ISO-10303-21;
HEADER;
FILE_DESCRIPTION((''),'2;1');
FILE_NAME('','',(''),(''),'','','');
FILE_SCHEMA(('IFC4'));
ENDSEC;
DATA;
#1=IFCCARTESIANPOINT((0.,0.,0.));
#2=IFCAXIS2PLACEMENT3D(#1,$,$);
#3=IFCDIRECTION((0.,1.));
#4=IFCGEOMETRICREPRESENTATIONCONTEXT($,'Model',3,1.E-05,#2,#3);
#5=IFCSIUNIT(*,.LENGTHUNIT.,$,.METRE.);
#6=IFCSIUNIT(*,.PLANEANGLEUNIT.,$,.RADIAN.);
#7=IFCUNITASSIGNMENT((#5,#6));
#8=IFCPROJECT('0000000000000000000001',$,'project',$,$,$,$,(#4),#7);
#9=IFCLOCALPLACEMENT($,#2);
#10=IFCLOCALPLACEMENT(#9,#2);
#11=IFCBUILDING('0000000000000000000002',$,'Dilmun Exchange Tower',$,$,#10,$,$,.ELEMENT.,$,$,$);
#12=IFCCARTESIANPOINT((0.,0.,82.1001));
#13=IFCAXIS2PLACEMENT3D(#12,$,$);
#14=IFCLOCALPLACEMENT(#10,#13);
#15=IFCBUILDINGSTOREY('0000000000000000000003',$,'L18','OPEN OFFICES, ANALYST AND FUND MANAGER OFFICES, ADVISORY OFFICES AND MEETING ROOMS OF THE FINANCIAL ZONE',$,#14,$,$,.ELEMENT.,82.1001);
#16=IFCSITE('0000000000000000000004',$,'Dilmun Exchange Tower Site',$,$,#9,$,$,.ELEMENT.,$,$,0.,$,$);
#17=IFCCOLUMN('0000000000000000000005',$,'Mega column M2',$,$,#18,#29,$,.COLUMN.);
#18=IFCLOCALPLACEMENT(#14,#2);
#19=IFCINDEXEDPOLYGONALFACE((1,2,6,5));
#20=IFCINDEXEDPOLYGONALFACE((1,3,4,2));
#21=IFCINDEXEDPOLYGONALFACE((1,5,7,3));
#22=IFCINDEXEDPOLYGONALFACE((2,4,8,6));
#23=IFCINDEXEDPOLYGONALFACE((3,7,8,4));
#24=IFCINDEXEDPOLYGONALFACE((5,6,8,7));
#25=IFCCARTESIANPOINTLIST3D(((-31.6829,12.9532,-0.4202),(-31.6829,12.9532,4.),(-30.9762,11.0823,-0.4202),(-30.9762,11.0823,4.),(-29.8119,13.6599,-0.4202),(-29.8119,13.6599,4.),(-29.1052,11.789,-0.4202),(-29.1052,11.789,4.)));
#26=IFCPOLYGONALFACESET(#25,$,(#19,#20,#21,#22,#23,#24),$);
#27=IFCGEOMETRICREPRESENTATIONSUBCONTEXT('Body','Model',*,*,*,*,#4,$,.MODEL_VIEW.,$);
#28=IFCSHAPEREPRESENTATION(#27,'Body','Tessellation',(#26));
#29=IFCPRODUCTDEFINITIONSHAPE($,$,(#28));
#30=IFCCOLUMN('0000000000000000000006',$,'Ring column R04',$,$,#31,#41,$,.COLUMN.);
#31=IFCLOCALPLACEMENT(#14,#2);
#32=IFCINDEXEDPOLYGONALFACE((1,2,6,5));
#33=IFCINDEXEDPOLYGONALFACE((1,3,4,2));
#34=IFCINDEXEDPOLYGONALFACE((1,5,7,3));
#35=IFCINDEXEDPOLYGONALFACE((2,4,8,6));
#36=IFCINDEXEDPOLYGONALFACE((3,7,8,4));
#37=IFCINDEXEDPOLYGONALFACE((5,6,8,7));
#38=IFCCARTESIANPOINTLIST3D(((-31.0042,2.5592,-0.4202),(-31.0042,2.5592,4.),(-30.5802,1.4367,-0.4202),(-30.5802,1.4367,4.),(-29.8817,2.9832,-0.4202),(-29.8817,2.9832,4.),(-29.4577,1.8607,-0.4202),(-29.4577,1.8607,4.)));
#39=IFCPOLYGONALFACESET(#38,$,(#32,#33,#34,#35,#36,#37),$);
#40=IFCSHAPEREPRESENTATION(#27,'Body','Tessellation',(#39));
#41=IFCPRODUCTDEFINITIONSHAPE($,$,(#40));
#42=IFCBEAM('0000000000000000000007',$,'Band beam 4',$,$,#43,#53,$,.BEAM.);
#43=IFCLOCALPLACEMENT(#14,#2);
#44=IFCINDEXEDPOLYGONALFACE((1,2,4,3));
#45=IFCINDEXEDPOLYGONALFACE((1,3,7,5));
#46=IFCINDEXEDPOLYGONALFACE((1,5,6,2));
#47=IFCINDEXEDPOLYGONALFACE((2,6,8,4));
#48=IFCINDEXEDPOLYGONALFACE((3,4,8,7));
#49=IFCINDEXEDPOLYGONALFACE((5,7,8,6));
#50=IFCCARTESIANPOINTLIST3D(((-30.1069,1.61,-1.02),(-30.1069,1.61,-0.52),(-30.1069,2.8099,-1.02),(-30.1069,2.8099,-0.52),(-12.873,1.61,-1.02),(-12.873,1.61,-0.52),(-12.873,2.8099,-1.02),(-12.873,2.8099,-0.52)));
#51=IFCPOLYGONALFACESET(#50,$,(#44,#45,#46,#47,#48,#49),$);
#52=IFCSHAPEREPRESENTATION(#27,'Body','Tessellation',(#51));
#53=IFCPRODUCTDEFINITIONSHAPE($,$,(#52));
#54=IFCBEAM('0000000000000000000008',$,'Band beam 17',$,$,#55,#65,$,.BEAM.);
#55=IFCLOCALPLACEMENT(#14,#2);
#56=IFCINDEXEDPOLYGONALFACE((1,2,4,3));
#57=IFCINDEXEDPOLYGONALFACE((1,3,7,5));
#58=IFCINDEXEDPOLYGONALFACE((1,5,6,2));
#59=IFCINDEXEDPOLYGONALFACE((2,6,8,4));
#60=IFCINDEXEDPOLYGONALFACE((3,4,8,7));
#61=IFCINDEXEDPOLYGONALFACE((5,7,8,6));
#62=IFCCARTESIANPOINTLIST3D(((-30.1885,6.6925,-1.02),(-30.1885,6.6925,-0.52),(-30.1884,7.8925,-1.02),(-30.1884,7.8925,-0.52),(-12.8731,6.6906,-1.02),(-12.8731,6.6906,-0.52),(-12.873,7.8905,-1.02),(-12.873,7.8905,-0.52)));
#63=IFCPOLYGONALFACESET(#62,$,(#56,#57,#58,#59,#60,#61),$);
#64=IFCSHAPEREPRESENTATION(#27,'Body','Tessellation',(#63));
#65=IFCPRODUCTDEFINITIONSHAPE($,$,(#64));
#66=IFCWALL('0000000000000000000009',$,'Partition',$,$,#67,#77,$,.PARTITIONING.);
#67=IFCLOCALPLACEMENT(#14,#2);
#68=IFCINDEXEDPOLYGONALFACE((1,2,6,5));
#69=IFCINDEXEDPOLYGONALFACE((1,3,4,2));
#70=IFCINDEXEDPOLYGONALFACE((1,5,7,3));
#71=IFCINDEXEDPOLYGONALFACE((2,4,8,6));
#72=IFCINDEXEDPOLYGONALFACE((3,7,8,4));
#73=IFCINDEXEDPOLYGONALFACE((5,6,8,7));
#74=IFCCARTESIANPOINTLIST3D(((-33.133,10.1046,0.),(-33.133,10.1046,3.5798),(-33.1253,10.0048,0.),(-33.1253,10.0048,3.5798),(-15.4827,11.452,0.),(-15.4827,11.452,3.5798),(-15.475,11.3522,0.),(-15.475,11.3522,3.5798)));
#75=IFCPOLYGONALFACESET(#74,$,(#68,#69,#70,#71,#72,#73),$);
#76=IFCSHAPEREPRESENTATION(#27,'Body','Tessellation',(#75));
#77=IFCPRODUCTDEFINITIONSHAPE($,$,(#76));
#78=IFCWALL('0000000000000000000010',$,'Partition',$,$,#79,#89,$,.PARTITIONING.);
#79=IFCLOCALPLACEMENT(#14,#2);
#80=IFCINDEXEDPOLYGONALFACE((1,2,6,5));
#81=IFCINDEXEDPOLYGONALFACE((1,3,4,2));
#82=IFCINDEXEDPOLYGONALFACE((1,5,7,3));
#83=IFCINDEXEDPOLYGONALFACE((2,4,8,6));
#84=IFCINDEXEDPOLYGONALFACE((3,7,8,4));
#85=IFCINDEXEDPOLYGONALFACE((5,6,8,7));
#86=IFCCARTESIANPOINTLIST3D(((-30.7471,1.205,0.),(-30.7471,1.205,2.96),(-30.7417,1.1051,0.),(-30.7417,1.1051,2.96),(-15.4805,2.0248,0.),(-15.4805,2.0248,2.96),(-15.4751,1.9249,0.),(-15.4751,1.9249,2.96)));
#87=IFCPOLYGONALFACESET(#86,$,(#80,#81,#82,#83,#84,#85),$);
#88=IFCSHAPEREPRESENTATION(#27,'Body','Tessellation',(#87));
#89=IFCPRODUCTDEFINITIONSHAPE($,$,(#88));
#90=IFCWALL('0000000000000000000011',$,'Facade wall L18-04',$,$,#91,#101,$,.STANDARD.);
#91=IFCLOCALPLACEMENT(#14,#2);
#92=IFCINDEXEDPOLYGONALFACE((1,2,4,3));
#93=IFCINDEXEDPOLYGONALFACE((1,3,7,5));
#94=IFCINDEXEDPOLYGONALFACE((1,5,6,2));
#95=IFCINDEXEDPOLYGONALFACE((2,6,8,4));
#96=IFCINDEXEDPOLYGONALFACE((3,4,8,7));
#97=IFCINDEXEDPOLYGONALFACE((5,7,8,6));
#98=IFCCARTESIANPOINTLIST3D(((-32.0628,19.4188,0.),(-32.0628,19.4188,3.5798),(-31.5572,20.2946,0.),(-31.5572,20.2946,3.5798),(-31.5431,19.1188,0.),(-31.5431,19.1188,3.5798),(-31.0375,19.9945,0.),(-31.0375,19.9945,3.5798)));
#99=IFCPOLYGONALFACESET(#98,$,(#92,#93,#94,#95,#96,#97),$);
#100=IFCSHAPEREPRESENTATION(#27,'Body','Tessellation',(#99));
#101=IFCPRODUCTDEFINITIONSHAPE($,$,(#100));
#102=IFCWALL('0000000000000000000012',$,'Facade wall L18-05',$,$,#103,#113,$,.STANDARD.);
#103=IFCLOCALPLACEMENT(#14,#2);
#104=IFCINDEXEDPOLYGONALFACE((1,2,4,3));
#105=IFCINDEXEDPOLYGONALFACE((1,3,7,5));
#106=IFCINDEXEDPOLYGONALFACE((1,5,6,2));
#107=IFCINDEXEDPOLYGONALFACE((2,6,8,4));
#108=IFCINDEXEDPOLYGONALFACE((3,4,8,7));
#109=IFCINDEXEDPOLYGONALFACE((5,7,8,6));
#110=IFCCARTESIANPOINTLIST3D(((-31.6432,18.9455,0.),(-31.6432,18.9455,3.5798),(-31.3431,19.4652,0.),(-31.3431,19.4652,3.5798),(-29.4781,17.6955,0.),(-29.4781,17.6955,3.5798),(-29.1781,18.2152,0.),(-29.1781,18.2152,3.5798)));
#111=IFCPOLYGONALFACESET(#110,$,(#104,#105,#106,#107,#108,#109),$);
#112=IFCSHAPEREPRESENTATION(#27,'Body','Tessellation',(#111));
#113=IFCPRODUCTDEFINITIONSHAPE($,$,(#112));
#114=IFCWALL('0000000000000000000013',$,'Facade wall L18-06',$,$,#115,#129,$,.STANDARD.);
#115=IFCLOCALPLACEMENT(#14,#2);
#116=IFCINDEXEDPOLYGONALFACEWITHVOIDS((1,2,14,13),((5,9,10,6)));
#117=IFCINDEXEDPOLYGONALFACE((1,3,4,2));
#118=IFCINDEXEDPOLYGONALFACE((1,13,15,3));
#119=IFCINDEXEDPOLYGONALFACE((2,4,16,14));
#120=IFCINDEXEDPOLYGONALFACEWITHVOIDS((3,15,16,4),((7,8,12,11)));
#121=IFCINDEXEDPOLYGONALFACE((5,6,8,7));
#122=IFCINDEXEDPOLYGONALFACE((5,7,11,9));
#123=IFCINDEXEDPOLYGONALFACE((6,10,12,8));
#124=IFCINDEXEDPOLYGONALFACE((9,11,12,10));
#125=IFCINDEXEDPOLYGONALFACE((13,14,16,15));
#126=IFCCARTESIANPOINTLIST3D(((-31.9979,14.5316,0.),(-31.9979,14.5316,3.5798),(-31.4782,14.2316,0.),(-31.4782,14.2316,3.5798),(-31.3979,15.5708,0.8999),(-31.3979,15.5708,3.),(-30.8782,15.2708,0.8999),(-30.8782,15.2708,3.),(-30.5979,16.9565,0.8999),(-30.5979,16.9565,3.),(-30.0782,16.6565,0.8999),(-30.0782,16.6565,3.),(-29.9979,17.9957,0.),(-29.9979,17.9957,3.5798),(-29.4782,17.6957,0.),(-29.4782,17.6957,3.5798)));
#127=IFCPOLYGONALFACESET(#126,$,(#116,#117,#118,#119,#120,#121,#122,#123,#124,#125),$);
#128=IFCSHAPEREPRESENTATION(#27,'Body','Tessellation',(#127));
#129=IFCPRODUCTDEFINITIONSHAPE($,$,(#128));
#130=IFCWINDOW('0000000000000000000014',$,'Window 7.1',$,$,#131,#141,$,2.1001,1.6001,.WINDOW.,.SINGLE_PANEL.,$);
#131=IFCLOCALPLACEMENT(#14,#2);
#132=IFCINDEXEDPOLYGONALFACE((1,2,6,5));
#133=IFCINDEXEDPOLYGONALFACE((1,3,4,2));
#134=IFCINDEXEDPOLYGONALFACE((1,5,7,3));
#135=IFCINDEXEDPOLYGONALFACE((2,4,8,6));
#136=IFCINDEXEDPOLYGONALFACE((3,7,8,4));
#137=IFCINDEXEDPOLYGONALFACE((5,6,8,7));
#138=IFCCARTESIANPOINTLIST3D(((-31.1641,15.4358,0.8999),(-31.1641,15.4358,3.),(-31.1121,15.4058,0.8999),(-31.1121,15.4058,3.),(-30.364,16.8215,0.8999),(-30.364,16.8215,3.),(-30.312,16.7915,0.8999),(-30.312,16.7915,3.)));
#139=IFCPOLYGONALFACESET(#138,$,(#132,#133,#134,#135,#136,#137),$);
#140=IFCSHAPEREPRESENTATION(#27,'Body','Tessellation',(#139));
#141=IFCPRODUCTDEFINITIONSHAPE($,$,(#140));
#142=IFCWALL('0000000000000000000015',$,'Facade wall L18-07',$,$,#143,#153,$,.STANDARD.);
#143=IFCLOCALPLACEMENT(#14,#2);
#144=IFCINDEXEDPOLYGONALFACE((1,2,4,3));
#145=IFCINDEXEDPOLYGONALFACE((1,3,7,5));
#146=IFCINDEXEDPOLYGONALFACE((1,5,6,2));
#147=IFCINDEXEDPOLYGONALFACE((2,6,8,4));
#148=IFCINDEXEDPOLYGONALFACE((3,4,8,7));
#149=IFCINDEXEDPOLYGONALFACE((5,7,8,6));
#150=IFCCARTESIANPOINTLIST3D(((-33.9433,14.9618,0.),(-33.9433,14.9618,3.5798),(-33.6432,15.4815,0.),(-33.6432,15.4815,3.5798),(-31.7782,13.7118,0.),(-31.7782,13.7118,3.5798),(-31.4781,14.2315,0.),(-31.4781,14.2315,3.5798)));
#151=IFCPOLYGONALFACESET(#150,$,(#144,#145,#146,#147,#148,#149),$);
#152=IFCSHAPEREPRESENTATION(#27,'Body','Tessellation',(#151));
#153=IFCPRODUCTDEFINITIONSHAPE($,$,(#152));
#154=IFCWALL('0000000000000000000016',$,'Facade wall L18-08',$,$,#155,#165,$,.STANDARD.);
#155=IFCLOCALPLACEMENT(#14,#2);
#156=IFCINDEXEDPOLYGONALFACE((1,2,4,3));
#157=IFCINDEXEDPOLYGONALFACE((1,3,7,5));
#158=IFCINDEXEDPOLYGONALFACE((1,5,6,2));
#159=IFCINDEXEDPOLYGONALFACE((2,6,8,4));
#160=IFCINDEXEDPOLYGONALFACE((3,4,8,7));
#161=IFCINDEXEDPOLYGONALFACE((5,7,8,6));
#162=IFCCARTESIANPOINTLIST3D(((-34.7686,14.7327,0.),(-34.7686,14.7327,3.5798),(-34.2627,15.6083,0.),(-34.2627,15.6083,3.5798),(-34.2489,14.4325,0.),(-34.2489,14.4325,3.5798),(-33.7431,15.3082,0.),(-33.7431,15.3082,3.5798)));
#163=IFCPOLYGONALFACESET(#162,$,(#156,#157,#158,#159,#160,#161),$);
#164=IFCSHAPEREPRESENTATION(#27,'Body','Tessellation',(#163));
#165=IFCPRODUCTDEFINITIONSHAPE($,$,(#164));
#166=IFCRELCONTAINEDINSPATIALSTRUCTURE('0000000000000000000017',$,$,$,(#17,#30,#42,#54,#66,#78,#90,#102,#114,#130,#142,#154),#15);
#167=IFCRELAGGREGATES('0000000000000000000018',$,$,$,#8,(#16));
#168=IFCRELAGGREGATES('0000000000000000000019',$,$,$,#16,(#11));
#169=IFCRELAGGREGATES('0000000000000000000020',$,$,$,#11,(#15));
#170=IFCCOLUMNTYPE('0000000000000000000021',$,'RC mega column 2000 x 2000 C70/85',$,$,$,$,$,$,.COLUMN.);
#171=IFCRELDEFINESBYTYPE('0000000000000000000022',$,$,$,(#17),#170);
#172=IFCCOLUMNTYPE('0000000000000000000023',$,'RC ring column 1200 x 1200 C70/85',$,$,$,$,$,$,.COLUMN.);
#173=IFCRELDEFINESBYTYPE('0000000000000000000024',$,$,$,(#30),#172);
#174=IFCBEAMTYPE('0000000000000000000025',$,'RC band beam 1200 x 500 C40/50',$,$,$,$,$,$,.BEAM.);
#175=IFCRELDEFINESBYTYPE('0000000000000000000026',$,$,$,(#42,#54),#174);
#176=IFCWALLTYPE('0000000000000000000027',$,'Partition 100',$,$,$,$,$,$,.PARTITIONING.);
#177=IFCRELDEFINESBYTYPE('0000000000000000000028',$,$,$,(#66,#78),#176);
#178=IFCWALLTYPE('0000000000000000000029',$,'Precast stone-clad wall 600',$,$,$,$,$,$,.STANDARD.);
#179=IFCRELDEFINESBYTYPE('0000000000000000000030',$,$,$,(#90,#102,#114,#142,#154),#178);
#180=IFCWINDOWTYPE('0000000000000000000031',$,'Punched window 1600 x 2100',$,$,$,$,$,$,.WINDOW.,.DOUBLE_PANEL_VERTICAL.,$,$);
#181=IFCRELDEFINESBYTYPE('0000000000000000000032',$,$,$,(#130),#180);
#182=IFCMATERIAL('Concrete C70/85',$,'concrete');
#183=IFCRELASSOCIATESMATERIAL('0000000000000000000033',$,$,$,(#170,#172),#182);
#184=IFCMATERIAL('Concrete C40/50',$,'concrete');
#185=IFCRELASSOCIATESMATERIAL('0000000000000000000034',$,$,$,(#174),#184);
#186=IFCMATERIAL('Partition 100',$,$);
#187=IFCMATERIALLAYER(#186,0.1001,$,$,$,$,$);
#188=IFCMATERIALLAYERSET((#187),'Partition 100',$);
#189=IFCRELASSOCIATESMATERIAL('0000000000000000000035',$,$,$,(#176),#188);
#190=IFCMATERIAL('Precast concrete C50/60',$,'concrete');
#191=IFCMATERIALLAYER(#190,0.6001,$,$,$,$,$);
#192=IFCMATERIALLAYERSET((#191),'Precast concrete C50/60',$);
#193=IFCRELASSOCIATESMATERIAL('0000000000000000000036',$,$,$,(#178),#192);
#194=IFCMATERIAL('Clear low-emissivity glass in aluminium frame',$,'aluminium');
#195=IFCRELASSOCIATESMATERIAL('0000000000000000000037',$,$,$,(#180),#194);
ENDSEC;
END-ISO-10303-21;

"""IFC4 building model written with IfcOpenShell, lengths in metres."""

from ifc_helpers import new_model, si_unit, direction, frame, frame_2d, origin, origin_2d, place, context, subcontext, project, spatial, rectangle, extrude, material, layer, layer_set, material_profile, profile_set, type_object, element, fill, save


model = new_model("IFC4")

# Units and contexts
model_context = context("Model", 3, precision=1e-05, world=origin(), true_north=direction((0.0, 1.0)))
body_context = subcontext(model_context, "Body", "Model", "MODEL_VIEW")
ifc_project = project(units=[si_unit("LENGTHUNIT", "METRE"), si_unit("PLANEANGLEUNIT", "RADIAN")], contexts=[model_context])

# Site, building, storey
site_placement = place(None, origin())
site = spatial("IfcSite", under=ifc_project, at=site_placement, Name="Dilmun Exchange Tower Site", CompositionType="ELEMENT", RefElevation=0.0)
building_placement = place(site_placement, origin())
building = spatial("IfcBuilding", under=site, at=building_placement, Name="Dilmun Exchange Tower", CompositionType="ELEMENT")
storey_placement = place(building_placement, frame((0.0, 0.0, 82.1001)))
storey = spatial("IfcBuildingStorey", under=building, at=storey_placement, Name="L18", Description="OPEN OFFICES, ANALYST AND FUND MANAGER OFFICES, ADVISORY OFFICES AND MEETING ROOMS OF THE FINANCIAL ZONE", CompositionType="ELEMENT", Elevation=82.1001)

# Columns
ifc_material_1 = material(Name="Concrete C70/85", Category="concrete")
ifc_material_profile_1 = material_profile(ifc_material_1, rectangle(XDim=2.0, YDim=2.0, at=origin_2d()), Name="2000 x 2000")
ifc_profile_set_1 = profile_set([ifc_material_profile_1], Name="Concrete C70/85")
column_type_1 = type_object("IfcColumnType", Name="RC mega column 2000 x 2000 C70/85", PredefinedType="COLUMN", material=ifc_profile_set_1)
column_1_placement = place(storey_placement, frame((-30.394, 12.3711, -0.4202), z_axis=(0.0, 0.0, 1.0), x_axis=(0.935492, 0.353349, 0.0)))
element("IfcColumn", 1, at=column_1_placement, inside=storey, type_object=column_type_1, Name="Mega column M2", PredefinedType="COLUMN", context=body_context, shape_type="SweptSolid", body=[
    extrude(rectangle(XDim=2.0, YDim=2.0, at=origin_2d()), origin(), (0.0, 0.0, 1.0), 4.4202),
])
ifc_material_profile_2 = material_profile(ifc_material_1, rectangle(XDim=1.2, YDim=1.2, at=origin_2d()), Name="1200 x 1200")
ifc_profile_set_2 = profile_set([ifc_material_profile_2], Name="Concrete C70/85")
column_type_2 = type_object("IfcColumnType", Name="RC ring column 1200 x 1200 C70/85", PredefinedType="COLUMN", material=ifc_profile_set_2)
column_2_placement = place(storey_placement, frame((-30.231, 2.21, -0.4202), z_axis=(0.0, 0.0, 1.0), x_axis=(0.935492, 0.353349, 0.0)))
element("IfcColumn", 2, at=column_2_placement, inside=storey, type_object=column_type_2, Name="Ring column R04", PredefinedType="COLUMN", context=body_context, shape_type="SweptSolid", body=[
    extrude(rectangle(XDim=1.2, YDim=1.2, at=origin_2d()), origin(), (0.0, 0.0, 1.0), 4.4202),
])

# Beams
ifc_material_2 = material(Name="Concrete C40/50", Category="concrete")
ifc_material_profile_3 = material_profile(ifc_material_2, rectangle(XDim=1.2, YDim=0.5, at=origin_2d()), Name="1200 x 500")
ifc_profile_set_3 = profile_set([ifc_material_profile_3], Name="Concrete C40/50")
beam_type = type_object("IfcBeamType", Name="RC band beam 1200 x 500 C40/50", PredefinedType="BEAM", material=ifc_profile_set_3)
beam_1_placement = place(storey_placement, frame((-30.1069, 2.21, -0.77), z_axis=(1.0, 0.0, 0.0), x_axis=(0.0, 1.0, 0.0)))
element("IfcBeam", 3, at=beam_1_placement, inside=storey, type_object=beam_type, Name="Band beam 4", PredefinedType="BEAM", context=body_context, shape_type="SweptSolid", body=[
    extrude(rectangle(XDim=1.2, YDim=0.5, at=origin_2d()), origin(), (0.0, 0.0, 1.0), 17.2339),
])
beam_2_placement = place(storey_placement, frame((-30.1885, 7.2925, -0.77), z_axis=(1.0, -0.000113, 0.0), x_axis=(0.000113, 1.0, 0.0)))
element("IfcBeam", 4, at=beam_2_placement, inside=storey, type_object=beam_type, Name="Band beam 17", PredefinedType="BEAM", context=body_context, shape_type="SweptSolid", body=[
    extrude(rectangle(XDim=1.2, YDim=0.5, at=origin_2d()), origin(), (0.0, 0.0, 1.0), 17.3154),
])

# Walls
ifc_material_3 = material(Name="Partition 100")
ifc_layer_1 = layer(ifc_material_3, 0.1001)
ifc_layer_set_1 = layer_set([ifc_layer_1], Name="Partition 100")
wall_type_1 = type_object("IfcWallType", Name="Partition 100", PredefinedType="PARTITIONING", material=ifc_layer_set_1)
wall_1_placement = place(storey_placement, frame((-33.1292, 10.0547, 0.0), z_axis=(0.0, 0.0, 1.0), x_axis=(0.997099, 0.076117, 0.0)))
element("IfcWall", 5, at=wall_1_placement, inside=storey, type_object=wall_type_1, Name="Partition", PredefinedType="PARTITIONING", context=body_context, shape_type="SweptSolid", body=[
    extrude(rectangle(XDim=17.7017, YDim=0.1001, at=frame_2d((8.8508, 0.0))), origin(), (0.0, 0.0, 1.0), 3.5798),
])
wall_2_placement = place(storey_placement, frame((-30.7444, 1.155, 0.0), z_axis=(0.0, 0.0, 1.0), x_axis=(0.998561, 0.053623, 0.0)))
element("IfcWall", 6, at=wall_2_placement, inside=storey, type_object=wall_type_1, Name="Partition", PredefinedType="PARTITIONING", context=body_context, shape_type="SweptSolid", body=[
    extrude(rectangle(XDim=15.2886, YDim=0.1001, at=frame_2d((7.6443, 0.0))), origin(), (0.0, 0.0, 1.0), 2.96),
])
ifc_material_4 = material(Name="Precast concrete C50/60", Category="concrete")
ifc_layer_2 = layer(ifc_material_4, 0.6001)
ifc_layer_set_2 = layer_set([ifc_layer_2], Name="Precast concrete C50/60")
wall_type_2 = type_object("IfcWallType", Name="Precast stone-clad wall 600", PredefinedType="STANDARD", material=ifc_layer_set_2)
wall_3_placement = place(storey_placement, frame((-31.2974, 20.1445, 0.0), z_axis=(0.0, 0.0, 1.0), x_axis=(-0.500008, -0.866021, 0.0)))
element("IfcWall", 7, at=wall_3_placement, inside=storey, type_object=wall_type_2, Name="Facade wall L18-04", PredefinedType="STANDARD", context=body_context, shape_type="SweptSolid", body=[
    extrude(rectangle(XDim=1.0112, YDim=0.6001, at=frame_2d((0.5056, 0.0))), origin(), (0.0, 0.0, 1.0), 3.5798),
])
wall_4_placement = place(storey_placement, frame((-31.4932, 19.2053, 0.0), z_axis=(0.0, 0.0, 1.0), x_axis=(0.866023, -0.500004, 0.0)))
element("IfcWall", 8, at=wall_4_placement, inside=storey, type_object=wall_type_2, Name="Facade wall L18-05", PredefinedType="STANDARD", context=body_context, shape_type="SweptSolid", body=[
    extrude(rectangle(XDim=2.5, YDim=0.6001, at=frame_2d((1.25, 0.0))), origin(), (0.0, 0.0, 1.0), 3.5798),
])

# Wall, opening, window
wall_5_placement = place(storey_placement, frame((-29.738, 17.8457, 0.0), z_axis=(0.0, 0.0, 1.0), x_axis=(-0.499999, -0.866026, 0.0)))
wall_5 = element("IfcWall", 9, at=wall_5_placement, inside=storey, type_object=wall_type_2, Name="Facade wall L18-06", PredefinedType="STANDARD", context=body_context, shape_type="SweptSolid", body=[
    extrude(rectangle(XDim=4.0, YDim=0.6001, at=frame_2d((2.0, 0.0))), origin(), (0.0, 0.0, 1.0), 3.5798),
])
opening_1_placement = place(wall_5_placement, frame((1.2, 0.0, 0.8999)))
opening_1 = element("IfcOpeningElement", 10, at=opening_1_placement, cuts=wall_5, PredefinedType="OPENING", context=body_context, shape_type="SweptSolid", body=[
    extrude(rectangle(XDim=1.6001, YDim=2.1001, at=frame_2d((0.8, 1.05))), frame((0.0, 0.3101, 0.0), z_axis=(0.0, -1.0, 0.0), x_axis=(1.0, 0.0, 0.0)), (0.0, 0.0, 1.0), 0.6201),
])
ifc_material_5 = material(Name="Clear low-emissivity glass in aluminium frame", Category="aluminium")
window_type_1 = type_object("IfcWindowType", Name="Punched window 1600 x 2100", PartitioningType="DOUBLE_PANEL_VERTICAL", PredefinedType="WINDOW", material=ifc_material_5)
window_1_placement = place(opening_1_placement, origin())
window_1 = element("IfcWindow", 11, at=window_1_placement, inside=storey, type_object=window_type_1, Name="Window 7.1", OverallHeight=2.1001, OverallWidth=1.6001, PartitioningType="SINGLE_PANEL", PredefinedType="WINDOW", context=body_context, shape_type="SweptSolid", body=[
    extrude(rectangle(XDim=1.6001, YDim=2.1001, at=frame_2d((0.8, 1.05))), frame((0.0, 0.03, 0.0), z_axis=(0.0, -1.0, 0.0), x_axis=(1.0, 0.0, 0.0)), (0.0, 0.0, 1.0), 0.0601),
])
fill(opening_1, window_1)

# Walls
wall_6_placement = place(storey_placement, frame((-31.6282, 13.9717, 0.0), z_axis=(0.0, 0.0, 1.0), x_axis=(-0.866023, 0.500004, 0.0)))
element("IfcWall", 12, at=wall_6_placement, inside=storey, type_object=wall_type_2, Name="Facade wall L18-07", PredefinedType="STANDARD", context=body_context, shape_type="SweptSolid", body=[
    extrude(rectangle(XDim=2.5, YDim=0.6001, at=frame_2d((1.25, 0.0))), origin(), (0.0, 0.0, 1.0), 3.5798),
])
wall_7_placement = place(storey_placement, frame((-34.0029, 15.4583, 0.0), z_axis=(0.0, 0.0, 1.0), x_axis=(-0.500189, -0.865916, 0.0)))
element("IfcWall", 13, at=wall_7_placement, inside=storey, type_object=wall_type_2, Name="Facade wall L18-08", PredefinedType="STANDARD", context=body_context, shape_type="SweptSolid", body=[
    extrude(rectangle(XDim=1.0112, YDim=0.6001, at=frame_2d((0.5056, 0.0))), origin(), (0.0, 0.0, 1.0), 3.5798),
])

save(model, "model.ifc")
